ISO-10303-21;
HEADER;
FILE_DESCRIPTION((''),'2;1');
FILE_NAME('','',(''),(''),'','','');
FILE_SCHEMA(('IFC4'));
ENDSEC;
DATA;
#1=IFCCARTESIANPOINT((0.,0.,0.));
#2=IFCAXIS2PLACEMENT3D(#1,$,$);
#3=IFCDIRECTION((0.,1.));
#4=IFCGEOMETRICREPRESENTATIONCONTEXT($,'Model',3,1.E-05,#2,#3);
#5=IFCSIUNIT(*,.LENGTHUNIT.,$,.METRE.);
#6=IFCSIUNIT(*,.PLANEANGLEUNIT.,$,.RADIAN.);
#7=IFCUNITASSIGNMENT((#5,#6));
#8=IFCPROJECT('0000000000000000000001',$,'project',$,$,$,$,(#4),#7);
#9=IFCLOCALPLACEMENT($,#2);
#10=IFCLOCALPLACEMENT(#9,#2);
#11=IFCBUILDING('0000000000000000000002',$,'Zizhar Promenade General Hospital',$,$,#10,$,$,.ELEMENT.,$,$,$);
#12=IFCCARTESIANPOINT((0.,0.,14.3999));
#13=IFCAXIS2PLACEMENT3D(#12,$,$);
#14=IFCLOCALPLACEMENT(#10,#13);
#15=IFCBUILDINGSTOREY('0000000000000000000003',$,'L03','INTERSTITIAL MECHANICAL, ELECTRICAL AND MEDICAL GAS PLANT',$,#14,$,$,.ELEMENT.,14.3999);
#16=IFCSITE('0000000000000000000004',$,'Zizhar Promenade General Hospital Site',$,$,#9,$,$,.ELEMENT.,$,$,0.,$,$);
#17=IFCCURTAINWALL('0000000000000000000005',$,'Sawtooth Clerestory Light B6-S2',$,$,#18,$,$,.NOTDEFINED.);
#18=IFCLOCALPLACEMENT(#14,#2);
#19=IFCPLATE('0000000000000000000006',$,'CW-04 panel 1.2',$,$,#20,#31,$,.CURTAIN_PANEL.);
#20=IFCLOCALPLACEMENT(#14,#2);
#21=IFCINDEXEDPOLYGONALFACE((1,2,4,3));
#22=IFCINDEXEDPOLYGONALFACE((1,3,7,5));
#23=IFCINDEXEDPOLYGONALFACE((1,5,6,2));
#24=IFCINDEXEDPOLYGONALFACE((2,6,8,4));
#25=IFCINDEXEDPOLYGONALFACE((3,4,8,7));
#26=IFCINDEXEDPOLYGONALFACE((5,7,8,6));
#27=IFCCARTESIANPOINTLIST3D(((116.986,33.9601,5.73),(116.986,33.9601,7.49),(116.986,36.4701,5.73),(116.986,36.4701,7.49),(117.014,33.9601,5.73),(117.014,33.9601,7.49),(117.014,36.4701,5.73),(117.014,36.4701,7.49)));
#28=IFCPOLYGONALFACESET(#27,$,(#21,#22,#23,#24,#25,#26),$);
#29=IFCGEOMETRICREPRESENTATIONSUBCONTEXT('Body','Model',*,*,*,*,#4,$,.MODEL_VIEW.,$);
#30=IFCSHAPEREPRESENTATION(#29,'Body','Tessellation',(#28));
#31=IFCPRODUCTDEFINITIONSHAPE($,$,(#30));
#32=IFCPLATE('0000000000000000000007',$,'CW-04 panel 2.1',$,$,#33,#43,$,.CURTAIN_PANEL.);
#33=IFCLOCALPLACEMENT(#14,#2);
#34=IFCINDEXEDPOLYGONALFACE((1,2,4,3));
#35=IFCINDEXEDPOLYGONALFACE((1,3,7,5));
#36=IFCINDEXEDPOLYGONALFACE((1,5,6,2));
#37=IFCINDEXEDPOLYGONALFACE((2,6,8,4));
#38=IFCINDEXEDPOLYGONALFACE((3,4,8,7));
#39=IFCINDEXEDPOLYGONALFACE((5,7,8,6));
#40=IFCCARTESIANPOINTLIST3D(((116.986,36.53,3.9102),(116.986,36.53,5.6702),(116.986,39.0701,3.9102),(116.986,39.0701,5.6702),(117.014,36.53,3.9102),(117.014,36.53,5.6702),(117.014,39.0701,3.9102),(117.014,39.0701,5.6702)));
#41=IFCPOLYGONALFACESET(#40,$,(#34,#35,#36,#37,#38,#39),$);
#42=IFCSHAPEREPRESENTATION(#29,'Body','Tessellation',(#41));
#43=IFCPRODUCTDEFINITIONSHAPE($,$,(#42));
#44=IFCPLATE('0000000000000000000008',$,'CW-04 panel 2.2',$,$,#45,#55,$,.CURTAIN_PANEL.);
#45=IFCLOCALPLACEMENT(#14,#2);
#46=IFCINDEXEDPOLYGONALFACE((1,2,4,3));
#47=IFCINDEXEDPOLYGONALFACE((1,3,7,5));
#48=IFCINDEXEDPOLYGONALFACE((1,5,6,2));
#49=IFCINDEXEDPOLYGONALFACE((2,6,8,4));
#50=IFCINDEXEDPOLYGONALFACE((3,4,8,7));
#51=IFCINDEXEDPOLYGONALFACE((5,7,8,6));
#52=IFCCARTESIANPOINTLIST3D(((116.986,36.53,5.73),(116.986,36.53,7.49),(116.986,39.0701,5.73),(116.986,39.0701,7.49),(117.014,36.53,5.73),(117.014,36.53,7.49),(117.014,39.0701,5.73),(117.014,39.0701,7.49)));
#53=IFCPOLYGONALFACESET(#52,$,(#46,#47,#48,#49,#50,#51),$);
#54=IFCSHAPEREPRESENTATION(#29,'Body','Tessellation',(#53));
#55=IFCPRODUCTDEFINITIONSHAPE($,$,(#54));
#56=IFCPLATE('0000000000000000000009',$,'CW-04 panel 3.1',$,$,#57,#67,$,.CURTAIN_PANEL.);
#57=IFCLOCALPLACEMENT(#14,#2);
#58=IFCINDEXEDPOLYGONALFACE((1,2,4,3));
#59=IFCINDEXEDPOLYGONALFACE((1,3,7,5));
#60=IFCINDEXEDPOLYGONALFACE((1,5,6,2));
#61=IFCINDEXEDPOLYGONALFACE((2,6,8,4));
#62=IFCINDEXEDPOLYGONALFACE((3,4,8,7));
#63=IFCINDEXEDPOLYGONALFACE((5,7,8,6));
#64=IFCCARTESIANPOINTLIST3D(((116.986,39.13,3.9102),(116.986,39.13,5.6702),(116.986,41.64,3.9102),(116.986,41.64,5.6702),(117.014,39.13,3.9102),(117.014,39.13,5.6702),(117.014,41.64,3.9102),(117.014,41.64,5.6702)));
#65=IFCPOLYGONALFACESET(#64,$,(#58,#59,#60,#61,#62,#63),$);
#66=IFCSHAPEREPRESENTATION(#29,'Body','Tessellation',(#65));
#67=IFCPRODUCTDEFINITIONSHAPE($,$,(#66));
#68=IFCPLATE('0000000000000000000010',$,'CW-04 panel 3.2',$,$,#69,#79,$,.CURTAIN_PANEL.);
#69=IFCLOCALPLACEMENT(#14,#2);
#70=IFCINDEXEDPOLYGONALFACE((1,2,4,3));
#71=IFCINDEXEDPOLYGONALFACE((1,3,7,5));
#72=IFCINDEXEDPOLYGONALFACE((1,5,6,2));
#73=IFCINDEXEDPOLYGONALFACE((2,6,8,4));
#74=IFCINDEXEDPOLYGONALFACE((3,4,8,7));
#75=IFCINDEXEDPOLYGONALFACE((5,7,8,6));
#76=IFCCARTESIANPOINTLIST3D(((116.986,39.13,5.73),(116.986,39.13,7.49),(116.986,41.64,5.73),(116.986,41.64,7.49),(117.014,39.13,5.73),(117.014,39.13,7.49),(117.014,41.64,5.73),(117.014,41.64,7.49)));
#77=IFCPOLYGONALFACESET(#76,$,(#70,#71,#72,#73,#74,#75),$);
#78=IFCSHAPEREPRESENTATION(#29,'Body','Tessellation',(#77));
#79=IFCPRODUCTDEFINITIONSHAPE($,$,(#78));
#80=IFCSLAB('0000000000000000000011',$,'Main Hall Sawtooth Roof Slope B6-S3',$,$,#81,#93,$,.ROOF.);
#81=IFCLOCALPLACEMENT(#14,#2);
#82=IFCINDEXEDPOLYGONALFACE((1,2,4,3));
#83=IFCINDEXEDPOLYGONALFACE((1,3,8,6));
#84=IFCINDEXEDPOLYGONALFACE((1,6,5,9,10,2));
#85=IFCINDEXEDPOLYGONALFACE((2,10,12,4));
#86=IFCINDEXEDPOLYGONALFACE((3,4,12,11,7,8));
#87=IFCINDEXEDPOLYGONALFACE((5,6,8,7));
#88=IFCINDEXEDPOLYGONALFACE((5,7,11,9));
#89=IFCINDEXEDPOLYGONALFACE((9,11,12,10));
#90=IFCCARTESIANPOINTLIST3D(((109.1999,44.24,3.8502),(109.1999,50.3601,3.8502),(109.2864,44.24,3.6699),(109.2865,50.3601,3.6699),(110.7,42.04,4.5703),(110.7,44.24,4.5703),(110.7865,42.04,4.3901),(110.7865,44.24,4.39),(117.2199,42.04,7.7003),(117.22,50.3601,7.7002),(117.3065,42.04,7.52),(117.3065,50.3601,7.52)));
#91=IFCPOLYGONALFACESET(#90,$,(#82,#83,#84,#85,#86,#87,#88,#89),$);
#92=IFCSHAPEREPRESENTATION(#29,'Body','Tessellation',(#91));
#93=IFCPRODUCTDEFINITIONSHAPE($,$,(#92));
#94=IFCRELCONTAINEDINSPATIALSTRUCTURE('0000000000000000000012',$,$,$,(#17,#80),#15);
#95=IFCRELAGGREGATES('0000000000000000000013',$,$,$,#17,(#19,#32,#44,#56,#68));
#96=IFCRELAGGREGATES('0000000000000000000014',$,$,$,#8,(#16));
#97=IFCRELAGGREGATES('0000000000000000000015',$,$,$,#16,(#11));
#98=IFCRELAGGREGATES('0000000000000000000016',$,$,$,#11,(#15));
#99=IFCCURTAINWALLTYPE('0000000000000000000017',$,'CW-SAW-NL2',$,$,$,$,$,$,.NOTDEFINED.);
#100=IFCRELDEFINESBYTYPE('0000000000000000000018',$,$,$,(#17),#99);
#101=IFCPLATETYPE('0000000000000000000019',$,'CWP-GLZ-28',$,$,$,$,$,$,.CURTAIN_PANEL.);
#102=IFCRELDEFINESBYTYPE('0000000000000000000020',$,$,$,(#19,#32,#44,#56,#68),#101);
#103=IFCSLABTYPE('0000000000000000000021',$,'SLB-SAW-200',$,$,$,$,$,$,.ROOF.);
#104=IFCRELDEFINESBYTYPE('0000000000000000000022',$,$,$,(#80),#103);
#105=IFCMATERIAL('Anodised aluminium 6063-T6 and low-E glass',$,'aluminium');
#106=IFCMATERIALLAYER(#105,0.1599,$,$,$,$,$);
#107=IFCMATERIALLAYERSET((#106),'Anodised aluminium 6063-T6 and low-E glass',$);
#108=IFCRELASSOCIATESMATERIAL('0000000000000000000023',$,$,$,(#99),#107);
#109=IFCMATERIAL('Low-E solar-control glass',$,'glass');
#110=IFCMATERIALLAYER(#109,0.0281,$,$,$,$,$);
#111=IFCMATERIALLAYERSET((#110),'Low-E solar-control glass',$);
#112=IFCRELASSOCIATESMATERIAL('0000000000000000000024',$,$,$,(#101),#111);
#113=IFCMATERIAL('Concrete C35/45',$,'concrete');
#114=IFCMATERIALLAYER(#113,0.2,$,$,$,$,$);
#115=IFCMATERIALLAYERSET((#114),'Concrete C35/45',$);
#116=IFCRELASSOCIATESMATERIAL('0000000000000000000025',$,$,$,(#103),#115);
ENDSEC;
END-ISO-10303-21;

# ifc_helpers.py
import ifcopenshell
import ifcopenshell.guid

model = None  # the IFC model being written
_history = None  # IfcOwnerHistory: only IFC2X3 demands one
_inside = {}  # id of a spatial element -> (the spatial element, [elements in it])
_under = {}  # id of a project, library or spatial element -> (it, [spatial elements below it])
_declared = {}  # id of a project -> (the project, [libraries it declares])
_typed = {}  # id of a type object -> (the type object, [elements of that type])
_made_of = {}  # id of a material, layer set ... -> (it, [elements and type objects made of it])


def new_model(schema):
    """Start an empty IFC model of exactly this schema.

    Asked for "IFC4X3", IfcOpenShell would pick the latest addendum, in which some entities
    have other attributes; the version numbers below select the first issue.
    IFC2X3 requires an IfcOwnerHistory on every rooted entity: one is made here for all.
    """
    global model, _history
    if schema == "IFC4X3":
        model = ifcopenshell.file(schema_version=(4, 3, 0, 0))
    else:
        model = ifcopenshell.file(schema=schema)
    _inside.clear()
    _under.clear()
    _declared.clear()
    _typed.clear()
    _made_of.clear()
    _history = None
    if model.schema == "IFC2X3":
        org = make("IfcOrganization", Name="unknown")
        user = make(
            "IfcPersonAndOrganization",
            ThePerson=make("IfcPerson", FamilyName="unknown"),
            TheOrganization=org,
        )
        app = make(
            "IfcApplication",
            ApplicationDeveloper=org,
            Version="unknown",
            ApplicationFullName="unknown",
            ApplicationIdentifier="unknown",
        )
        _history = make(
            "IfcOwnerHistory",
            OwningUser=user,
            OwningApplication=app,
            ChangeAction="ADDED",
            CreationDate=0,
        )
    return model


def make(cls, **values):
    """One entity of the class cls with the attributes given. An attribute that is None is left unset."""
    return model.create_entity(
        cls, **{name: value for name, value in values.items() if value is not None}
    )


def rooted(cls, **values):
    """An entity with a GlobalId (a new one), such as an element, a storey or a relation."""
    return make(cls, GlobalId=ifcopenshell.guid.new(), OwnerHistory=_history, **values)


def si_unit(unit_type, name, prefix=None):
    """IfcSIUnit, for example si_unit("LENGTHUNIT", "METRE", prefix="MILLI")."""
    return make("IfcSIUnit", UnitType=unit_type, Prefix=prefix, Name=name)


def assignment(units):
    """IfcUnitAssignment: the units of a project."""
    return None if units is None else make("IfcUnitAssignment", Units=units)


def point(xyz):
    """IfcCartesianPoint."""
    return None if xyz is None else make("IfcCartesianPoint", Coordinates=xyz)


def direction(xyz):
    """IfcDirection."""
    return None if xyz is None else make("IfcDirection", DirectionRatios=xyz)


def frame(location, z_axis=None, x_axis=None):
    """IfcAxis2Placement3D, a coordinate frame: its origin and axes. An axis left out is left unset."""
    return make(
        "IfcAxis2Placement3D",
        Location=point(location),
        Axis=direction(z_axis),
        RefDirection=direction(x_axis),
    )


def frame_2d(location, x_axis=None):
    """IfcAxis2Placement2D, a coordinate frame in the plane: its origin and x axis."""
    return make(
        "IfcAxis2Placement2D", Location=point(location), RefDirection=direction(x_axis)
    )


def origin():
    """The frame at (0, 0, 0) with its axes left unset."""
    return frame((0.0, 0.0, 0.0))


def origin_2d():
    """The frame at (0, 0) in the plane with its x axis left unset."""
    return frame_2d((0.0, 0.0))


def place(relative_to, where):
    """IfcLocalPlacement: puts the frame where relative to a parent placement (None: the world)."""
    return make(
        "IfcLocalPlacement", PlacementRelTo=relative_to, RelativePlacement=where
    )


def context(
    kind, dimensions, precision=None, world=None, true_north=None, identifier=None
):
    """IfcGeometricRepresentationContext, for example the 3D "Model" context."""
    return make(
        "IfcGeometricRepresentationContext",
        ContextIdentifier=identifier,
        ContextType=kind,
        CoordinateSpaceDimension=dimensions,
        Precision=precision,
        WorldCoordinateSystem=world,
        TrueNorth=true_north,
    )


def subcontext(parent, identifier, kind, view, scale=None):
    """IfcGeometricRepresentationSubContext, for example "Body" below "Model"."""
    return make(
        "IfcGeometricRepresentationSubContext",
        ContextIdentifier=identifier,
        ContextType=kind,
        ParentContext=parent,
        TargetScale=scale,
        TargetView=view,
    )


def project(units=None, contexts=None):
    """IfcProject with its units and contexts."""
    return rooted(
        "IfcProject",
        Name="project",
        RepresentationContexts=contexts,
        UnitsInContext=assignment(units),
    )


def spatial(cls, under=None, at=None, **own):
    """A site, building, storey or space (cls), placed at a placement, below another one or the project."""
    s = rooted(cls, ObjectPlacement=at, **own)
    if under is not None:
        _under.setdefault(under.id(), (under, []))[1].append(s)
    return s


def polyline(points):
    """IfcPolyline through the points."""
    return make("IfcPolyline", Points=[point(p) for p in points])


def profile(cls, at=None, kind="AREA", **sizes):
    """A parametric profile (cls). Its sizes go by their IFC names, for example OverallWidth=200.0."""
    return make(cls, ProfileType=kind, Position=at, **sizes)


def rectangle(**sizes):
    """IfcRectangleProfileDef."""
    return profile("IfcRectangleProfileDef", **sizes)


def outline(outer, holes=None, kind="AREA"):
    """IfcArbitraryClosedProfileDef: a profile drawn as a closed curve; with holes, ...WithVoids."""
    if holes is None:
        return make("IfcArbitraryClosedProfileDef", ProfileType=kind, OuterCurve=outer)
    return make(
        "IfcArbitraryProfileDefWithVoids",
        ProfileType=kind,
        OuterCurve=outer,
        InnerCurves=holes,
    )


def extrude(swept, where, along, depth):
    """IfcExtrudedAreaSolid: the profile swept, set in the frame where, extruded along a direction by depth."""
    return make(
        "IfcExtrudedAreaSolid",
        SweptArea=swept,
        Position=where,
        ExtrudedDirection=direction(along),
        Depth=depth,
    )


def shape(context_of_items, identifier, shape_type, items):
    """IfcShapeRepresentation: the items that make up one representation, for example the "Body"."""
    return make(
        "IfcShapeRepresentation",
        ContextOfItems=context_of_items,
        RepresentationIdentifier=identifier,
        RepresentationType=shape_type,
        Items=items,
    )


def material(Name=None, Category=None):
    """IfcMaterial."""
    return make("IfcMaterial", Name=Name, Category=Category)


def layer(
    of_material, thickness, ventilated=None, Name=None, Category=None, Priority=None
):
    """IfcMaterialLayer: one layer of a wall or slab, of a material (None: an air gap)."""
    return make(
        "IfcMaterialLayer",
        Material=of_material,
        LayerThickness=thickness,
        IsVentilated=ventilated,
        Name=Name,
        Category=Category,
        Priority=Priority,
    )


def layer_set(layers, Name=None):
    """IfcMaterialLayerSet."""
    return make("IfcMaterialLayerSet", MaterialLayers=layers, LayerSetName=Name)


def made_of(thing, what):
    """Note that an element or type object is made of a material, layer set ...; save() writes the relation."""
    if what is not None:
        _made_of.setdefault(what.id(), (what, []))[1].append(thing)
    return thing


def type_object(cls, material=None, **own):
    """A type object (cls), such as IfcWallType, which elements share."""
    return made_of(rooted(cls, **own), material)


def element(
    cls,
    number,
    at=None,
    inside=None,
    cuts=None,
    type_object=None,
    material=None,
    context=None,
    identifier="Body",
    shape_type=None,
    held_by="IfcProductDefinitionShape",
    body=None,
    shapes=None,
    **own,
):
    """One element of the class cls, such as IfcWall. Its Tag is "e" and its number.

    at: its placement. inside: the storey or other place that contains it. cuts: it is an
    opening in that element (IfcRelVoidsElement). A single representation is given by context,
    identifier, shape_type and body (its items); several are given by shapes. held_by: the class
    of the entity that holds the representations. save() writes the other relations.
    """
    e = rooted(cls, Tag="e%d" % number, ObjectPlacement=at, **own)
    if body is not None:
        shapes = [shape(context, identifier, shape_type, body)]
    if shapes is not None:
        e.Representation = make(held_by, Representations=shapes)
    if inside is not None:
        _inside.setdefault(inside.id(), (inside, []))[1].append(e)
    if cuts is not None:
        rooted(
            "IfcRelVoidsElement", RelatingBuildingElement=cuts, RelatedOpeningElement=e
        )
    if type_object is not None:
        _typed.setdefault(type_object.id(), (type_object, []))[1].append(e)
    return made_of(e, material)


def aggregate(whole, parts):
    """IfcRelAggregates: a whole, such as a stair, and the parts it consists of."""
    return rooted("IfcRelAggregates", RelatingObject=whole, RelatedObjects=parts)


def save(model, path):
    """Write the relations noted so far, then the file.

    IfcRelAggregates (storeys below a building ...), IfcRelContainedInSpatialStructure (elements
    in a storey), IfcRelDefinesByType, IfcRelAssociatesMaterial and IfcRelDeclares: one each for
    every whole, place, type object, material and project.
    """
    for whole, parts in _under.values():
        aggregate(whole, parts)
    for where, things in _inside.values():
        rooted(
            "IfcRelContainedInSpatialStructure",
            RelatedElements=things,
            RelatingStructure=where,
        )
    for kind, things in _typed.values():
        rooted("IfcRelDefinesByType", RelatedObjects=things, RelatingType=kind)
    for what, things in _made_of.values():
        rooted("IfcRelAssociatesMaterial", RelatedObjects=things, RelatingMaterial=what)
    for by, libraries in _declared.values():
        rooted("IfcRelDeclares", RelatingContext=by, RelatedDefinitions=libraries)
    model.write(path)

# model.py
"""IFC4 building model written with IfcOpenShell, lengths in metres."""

from ifc_helpers import new_model, si_unit, direction, frame, origin, origin_2d, place, context, subcontext, project, spatial, polyline, rectangle, outline, extrude, material, layer, layer_set, type_object, element, aggregate, save


model = new_model("IFC4")

# Units and contexts
model_context = context("Model", 3, precision=1e-05, world=origin(), true_north=direction((0.0, 1.0)))
body_context = subcontext(model_context, "Body", "Model", "MODEL_VIEW")
ifc_project = project(units=[si_unit("LENGTHUNIT", "METRE"), si_unit("PLANEANGLEUNIT", "RADIAN")], contexts=[model_context])

# Site, building, storey
site_placement = place(None, origin())
site = spatial("IfcSite", under=ifc_project, at=site_placement, Name="Zizhar Promenade General Hospital Site", CompositionType="ELEMENT", RefElevation=0.0)
building_placement = place(site_placement, origin())
building = spatial("IfcBuilding", under=site, at=building_placement, Name="Zizhar Promenade General Hospital", CompositionType="ELEMENT")
storey_placement = place(building_placement, frame((0.0, 0.0, 14.3999)))
storey = spatial("IfcBuildingStorey", under=building, at=storey_placement, Name="L03", Description="INTERSTITIAL MECHANICAL, ELECTRICAL AND MEDICAL GAS PLANT", CompositionType="ELEMENT", Elevation=14.3999)

# Curtain wall
ifc_material_1 = material(Name="Anodised aluminium 6063-T6 and low-E glass", Category="aluminium")
ifc_layer_1 = layer(ifc_material_1, 0.1599)
ifc_layer_set_1 = layer_set([ifc_layer_1], Name="Anodised aluminium 6063-T6 and low-E glass")
curtain_wall_type = type_object("IfcCurtainWallType", Name="CW-SAW-NL2", PredefinedType="NOTDEFINED", material=ifc_layer_set_1)
curtain_wall_placement = place(storey_placement, origin())
curtain_wall = element("IfcCurtainWall", 1, at=curtain_wall_placement, inside=storey, type_object=curtain_wall_type, Name="Sawtooth Clerestory Light B6-S2", PredefinedType="NOTDEFINED")

# Plates
ifc_material_2 = material(Name="Low-E solar-control glass", Category="glass")
ifc_layer_2 = layer(ifc_material_2, 0.0281)
ifc_layer_set_2 = layer_set([ifc_layer_2], Name="Low-E solar-control glass")
plate_type = type_object("IfcPlateType", Name="CWP-GLZ-28", PredefinedType="CURTAIN_PANEL", material=ifc_layer_set_2)
plate_1_placement = place(storey_placement, frame((117.0, 35.2151, 5.73), z_axis=(0.0, 0.0, 1.0), x_axis=(0.0, 1.0, 0.0)))
plate_1 = element("IfcPlate", 2, at=plate_1_placement, type_object=plate_type, Name="CW-04 panel 1.2", PredefinedType="CURTAIN_PANEL", context=body_context, shape_type="SweptSolid", body=[
    extrude(rectangle(XDim=2.51, YDim=0.0281, at=origin_2d()), origin(), (0.0, 0.0, 1.0), 1.76),
])
plate_2_placement = place(storey_placement, frame((117.0, 37.8, 3.9102), z_axis=(0.0, 0.0, 1.0), x_axis=(0.0, 1.0, 0.0)))
plate_2 = element("IfcPlate", 3, at=plate_2_placement, type_object=plate_type, Name="CW-04 panel 2.1", PredefinedType="CURTAIN_PANEL", context=body_context, shape_type="SweptSolid", body=[
    extrude(rectangle(XDim=2.54, YDim=0.0281, at=origin_2d()), origin(), (0.0, 0.0, 1.0), 1.76),
])
plate_3_placement = place(storey_placement, frame((117.0, 37.8, 5.73), z_axis=(0.0, 0.0, 1.0), x_axis=(0.0, 1.0, 0.0)))
plate_3 = element("IfcPlate", 4, at=plate_3_placement, type_object=plate_type, Name="CW-04 panel 2.2", PredefinedType="CURTAIN_PANEL", context=body_context, shape_type="SweptSolid", body=[
    extrude(rectangle(XDim=2.54, YDim=0.0281, at=origin_2d()), origin(), (0.0, 0.0, 1.0), 1.76),
])
plate_4_placement = place(storey_placement, frame((117.0, 40.385, 3.9102), z_axis=(0.0, 0.0, 1.0), x_axis=(0.0, 1.0, 0.0)))
plate_4 = element("IfcPlate", 5, at=plate_4_placement, type_object=plate_type, Name="CW-04 panel 3.1", PredefinedType="CURTAIN_PANEL", context=body_context, shape_type="SweptSolid", body=[
    extrude(rectangle(XDim=2.51, YDim=0.0281, at=origin_2d()), origin(), (0.0, 0.0, 1.0), 1.76),
])
plate_5_placement = place(storey_placement, frame((117.0, 40.385, 5.73), z_axis=(0.0, 0.0, 1.0), x_axis=(0.0, 1.0, 0.0)))
plate_5 = element("IfcPlate", 6, at=plate_5_placement, type_object=plate_type, Name="CW-04 panel 3.2", PredefinedType="CURTAIN_PANEL", context=body_context, shape_type="SweptSolid", body=[
    extrude(rectangle(XDim=2.51, YDim=0.0281, at=origin_2d()), origin(), (0.0, 0.0, 1.0), 1.76),
])
aggregate(curtain_wall, [plate_1, plate_2, plate_3, plate_4, plate_5])

# Slab
ifc_material_3 = material(Name="Concrete C35/45", Category="concrete")
ifc_layer_3 = layer(ifc_material_3, 0.2)
ifc_layer_set_3 = layer_set([ifc_layer_3], Name="Concrete C35/45")
slab_type = type_object("IfcSlabType", Name="SLB-SAW-200", PredefinedType="ROOF", material=ifc_layer_set_3)
slab_placement = place(storey_placement, frame((110.7, 42.04, 4.5703), z_axis=(-0.432773, 0.000007, 0.901503), x_axis=(0.901503, 0.0, 0.432773)))
element("IfcSlab", 7, at=slab_placement, inside=storey, type_object=slab_type, Name="Main Hall Sawtooth Roof Slope B6-S3", PredefinedType="ROOF", context=body_context, shape_type="SweptSolid", body=[
    extrude(outline(polyline([(0.0, 0.0), (7.2323, 0.0), (7.2323, 8.3201), (-1.6639, 8.3201), (-1.6639, 2.2), (0.0, 2.2), (0.0, 0.0)])), origin(), (0.0, 0.0, -1.0), 0.2),
])

save(model, "model.ifc")
